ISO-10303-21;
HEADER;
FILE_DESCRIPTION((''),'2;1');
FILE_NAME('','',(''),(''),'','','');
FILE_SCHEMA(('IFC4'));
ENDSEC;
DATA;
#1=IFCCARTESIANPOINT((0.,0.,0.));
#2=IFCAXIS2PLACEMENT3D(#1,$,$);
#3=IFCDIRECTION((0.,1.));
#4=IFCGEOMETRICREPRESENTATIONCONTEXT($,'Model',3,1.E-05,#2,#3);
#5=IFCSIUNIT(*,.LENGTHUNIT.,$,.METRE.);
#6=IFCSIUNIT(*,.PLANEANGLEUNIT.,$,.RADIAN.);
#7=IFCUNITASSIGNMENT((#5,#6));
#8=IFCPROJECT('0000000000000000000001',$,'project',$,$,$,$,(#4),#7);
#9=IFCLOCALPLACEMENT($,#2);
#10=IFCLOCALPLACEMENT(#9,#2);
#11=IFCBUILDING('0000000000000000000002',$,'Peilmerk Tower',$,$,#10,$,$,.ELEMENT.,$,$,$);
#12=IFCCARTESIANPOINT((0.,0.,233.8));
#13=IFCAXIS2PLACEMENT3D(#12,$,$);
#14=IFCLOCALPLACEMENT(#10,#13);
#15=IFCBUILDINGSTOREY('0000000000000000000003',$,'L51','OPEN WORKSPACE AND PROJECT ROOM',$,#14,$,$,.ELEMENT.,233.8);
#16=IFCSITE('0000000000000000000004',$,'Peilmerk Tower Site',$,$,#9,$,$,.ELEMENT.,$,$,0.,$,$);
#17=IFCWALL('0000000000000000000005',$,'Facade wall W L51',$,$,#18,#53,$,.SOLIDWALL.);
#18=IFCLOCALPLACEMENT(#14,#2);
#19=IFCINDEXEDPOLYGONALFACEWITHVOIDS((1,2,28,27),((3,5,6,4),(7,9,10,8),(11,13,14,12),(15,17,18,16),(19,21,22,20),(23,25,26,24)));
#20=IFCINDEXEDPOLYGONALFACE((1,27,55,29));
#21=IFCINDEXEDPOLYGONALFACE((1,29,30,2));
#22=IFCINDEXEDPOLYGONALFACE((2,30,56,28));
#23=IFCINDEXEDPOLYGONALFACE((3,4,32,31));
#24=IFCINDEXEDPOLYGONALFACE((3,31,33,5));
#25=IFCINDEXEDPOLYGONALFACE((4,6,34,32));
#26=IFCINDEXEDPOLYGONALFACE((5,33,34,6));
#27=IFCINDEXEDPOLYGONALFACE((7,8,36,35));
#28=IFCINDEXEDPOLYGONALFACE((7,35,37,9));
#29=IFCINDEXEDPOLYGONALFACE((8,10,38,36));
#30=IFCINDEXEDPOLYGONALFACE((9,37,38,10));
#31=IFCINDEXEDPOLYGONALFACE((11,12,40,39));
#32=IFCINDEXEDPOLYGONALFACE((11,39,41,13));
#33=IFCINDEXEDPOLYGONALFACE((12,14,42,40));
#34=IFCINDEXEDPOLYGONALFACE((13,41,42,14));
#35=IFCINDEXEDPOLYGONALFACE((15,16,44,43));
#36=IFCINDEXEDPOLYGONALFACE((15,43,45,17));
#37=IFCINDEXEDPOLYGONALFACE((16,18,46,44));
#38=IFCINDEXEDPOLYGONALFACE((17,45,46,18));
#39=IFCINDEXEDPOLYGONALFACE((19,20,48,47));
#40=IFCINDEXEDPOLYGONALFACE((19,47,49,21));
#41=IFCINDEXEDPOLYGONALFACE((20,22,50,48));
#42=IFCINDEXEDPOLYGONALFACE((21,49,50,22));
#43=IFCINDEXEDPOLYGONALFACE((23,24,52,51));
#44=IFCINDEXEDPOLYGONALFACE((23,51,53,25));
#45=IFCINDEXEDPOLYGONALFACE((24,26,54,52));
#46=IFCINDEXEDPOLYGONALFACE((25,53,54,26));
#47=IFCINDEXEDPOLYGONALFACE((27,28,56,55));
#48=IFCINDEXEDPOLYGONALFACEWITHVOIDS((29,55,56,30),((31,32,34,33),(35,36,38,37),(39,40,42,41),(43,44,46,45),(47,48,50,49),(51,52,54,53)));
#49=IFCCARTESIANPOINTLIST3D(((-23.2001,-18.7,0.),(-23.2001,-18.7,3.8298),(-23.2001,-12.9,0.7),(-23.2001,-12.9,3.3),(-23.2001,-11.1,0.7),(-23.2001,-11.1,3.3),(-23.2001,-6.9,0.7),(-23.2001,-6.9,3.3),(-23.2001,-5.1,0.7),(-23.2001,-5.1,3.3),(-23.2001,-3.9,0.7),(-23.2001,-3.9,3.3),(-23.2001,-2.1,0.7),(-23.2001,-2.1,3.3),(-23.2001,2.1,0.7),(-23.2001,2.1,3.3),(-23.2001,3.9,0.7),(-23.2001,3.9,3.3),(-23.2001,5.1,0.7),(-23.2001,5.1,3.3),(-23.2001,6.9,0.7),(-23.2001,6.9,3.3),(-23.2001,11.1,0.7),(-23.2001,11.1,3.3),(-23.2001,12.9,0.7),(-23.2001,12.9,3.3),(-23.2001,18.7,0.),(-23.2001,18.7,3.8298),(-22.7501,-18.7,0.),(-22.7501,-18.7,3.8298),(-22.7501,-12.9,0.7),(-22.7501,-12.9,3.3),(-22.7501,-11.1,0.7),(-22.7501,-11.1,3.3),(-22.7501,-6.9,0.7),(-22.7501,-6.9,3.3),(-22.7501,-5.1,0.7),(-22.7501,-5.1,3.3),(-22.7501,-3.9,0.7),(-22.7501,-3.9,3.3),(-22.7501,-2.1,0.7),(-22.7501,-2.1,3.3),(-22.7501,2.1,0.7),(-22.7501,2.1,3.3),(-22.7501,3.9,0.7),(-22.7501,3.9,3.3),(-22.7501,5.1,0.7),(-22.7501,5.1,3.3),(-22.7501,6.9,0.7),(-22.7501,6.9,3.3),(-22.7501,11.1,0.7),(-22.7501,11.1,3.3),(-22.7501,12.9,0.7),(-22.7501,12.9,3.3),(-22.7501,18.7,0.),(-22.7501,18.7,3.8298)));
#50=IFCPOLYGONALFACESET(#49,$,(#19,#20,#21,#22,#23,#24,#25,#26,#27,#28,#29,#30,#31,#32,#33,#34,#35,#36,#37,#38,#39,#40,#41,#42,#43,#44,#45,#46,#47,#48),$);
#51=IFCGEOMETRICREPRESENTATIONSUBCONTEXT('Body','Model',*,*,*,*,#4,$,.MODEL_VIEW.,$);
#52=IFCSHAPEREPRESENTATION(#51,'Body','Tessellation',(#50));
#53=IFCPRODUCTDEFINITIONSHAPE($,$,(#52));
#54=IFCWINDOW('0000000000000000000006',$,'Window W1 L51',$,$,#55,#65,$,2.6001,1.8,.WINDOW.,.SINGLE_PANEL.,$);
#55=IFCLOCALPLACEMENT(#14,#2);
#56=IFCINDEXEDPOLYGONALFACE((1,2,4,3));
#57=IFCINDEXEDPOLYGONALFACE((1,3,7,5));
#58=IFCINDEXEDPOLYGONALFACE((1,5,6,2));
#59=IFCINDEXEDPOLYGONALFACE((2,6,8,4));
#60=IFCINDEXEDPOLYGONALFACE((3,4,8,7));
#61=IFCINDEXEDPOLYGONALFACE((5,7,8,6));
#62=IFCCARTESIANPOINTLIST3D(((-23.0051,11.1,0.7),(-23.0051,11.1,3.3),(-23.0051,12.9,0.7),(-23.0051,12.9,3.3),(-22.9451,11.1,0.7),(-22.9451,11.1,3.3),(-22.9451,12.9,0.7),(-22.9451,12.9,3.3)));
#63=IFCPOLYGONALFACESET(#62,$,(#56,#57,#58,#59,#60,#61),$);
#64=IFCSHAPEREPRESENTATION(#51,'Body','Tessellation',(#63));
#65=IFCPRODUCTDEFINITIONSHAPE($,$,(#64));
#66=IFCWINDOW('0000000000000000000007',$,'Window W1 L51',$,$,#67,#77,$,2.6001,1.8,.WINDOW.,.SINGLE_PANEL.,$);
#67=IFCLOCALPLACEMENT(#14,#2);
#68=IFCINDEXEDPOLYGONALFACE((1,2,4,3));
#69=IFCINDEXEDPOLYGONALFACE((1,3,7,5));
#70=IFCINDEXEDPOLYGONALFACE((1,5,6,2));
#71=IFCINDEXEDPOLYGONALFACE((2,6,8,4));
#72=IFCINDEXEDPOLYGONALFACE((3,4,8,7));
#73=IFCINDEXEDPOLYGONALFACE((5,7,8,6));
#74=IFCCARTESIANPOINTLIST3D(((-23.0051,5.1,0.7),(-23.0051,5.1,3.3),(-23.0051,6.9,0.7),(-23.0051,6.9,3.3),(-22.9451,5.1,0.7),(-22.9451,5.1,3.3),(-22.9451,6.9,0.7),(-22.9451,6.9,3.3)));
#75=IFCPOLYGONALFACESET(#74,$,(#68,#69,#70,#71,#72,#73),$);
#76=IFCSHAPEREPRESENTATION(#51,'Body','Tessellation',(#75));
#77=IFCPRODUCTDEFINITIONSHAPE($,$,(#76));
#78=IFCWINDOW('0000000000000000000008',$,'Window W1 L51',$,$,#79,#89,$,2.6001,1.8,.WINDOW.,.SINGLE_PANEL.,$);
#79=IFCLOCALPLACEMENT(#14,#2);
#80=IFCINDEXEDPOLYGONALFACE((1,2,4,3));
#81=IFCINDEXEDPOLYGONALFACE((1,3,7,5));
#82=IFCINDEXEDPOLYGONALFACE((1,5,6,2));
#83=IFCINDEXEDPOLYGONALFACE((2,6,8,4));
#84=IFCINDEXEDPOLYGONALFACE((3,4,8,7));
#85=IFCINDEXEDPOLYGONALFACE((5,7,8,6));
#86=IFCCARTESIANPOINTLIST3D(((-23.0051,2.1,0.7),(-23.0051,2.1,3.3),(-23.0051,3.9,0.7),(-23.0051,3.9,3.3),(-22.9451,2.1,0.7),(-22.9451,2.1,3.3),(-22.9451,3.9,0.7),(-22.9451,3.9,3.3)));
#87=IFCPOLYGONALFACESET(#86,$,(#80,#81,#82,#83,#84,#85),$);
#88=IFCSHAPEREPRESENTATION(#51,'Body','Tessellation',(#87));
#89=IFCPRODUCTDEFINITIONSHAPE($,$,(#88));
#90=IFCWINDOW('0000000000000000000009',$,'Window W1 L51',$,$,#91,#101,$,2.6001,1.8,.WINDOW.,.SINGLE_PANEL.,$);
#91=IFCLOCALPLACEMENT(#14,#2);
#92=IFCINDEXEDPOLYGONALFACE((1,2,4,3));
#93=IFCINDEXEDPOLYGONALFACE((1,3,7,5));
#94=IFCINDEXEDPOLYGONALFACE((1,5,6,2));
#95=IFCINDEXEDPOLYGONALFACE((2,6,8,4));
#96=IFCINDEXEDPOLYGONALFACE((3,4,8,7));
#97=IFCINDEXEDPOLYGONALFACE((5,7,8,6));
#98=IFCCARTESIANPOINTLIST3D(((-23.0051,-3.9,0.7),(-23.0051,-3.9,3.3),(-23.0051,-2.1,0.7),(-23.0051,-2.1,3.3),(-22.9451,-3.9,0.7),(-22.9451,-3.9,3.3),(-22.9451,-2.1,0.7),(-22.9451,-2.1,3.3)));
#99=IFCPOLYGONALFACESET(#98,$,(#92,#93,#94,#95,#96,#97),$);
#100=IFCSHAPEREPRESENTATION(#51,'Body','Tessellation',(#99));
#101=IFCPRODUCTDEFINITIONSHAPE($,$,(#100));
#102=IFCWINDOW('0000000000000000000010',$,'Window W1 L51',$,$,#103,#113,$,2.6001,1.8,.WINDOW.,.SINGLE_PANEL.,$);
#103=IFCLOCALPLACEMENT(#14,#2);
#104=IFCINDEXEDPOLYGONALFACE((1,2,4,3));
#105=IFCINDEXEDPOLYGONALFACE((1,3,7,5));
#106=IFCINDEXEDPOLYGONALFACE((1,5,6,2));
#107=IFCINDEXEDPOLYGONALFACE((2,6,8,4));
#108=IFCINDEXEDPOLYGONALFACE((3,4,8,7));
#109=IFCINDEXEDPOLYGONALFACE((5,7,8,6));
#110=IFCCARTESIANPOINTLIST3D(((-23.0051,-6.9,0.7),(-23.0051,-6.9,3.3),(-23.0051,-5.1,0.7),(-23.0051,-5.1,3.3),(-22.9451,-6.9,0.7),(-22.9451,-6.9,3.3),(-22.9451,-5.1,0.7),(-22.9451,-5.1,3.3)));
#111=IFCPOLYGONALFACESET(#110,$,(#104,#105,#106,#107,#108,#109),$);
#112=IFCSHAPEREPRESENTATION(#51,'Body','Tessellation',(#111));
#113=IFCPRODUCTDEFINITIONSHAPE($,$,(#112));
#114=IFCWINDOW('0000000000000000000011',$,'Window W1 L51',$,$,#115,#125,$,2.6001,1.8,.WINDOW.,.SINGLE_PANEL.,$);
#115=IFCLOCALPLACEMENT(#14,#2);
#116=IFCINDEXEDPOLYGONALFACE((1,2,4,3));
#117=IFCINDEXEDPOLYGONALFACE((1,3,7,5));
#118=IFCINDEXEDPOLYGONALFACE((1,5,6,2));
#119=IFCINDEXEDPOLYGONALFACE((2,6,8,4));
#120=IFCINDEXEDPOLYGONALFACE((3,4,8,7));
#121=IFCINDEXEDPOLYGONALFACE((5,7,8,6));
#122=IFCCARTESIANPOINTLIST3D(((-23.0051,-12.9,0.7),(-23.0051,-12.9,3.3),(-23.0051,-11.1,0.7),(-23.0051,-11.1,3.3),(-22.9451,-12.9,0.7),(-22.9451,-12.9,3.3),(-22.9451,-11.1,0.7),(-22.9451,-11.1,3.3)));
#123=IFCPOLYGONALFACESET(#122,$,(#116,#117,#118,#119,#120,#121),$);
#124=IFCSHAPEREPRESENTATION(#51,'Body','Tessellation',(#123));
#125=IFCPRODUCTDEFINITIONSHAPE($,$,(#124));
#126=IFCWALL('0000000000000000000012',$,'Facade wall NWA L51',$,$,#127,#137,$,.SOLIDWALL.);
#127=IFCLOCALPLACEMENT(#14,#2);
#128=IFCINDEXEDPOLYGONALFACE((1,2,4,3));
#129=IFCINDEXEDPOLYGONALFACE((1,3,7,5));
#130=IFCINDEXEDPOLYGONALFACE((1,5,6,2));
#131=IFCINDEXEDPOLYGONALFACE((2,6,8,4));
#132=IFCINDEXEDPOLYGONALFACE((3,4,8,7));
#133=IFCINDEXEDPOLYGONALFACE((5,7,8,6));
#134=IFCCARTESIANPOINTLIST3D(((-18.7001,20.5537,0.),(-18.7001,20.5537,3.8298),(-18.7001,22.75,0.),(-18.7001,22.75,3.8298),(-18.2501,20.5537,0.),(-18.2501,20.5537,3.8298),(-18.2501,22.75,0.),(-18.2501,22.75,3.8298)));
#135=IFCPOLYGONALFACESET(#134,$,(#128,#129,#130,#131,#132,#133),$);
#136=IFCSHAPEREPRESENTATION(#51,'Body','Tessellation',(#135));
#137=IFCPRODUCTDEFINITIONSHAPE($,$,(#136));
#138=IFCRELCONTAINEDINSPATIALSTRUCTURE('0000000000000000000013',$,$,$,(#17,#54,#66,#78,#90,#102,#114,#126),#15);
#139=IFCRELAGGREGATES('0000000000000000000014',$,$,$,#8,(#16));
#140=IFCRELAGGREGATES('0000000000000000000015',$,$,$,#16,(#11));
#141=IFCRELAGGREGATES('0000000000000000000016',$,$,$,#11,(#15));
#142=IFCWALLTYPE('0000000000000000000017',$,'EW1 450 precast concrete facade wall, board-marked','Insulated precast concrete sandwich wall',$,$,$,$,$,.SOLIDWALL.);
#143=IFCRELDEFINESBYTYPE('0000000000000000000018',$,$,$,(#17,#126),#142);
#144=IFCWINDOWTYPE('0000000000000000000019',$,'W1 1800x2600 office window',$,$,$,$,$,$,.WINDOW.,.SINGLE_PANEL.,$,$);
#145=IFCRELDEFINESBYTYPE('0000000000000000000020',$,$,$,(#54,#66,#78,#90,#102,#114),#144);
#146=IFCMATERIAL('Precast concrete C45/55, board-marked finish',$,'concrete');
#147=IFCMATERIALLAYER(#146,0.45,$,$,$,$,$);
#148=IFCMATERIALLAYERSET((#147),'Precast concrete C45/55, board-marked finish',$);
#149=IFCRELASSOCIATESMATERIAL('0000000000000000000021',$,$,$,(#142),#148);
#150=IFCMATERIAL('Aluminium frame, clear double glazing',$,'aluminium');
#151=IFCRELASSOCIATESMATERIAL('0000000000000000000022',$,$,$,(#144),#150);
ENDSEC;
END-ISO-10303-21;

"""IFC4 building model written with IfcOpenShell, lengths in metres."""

from ifc_helpers import new_model, si_unit, direction, frame, frame_2d, origin, place, context, subcontext, project, spatial, rectangle, extrude, material, layer, layer_set, type_object, element, fill, save


model = new_model("IFC4")

# Units and contexts
model_context = context("Model", 3, precision=1e-05, world=origin(), true_north=direction((0.0, 1.0)))
body_context = subcontext(model_context, "Body", "Model", "MODEL_VIEW")
ifc_project = project(units=[si_unit("LENGTHUNIT", "METRE"), si_unit("PLANEANGLEUNIT", "RADIAN")], contexts=[model_context])

# Site, building, storey
site_placement = place(None, origin())
site = spatial("IfcSite", under=ifc_project, at=site_placement, Name="Peilmerk Tower Site", CompositionType="ELEMENT", RefElevation=0.0)
building_placement = place(site_placement, origin())
building = spatial("IfcBuilding", under=site, at=building_placement, Name="Peilmerk Tower", CompositionType="ELEMENT")
storey_placement = place(building_placement, frame((0.0, 0.0, 233.8)))
storey = spatial("IfcBuildingStorey", under=building, at=storey_placement, Name="L51", Description="OPEN WORKSPACE AND PROJECT ROOM", CompositionType="ELEMENT", Elevation=233.8)

# Wall, openings, windows
ifc_material_1 = material(Name="Precast concrete C45/55, board-marked finish", Category="concrete")
ifc_layer_1 = layer(ifc_material_1, 0.45)
ifc_layer_set_1 = layer_set([ifc_layer_1], Name="Precast concrete C45/55, board-marked finish")
wall_type = type_object("IfcWallType", Name="EW1 450 precast concrete facade wall, board-marked", Description="Insulated precast concrete sandwich wall", PredefinedType="SOLIDWALL", material=ifc_layer_set_1)
wall_1_placement = place(storey_placement, frame((-22.9751, 18.7, 0.0), z_axis=(0.0, 0.0, 1.0), x_axis=(0.0, -1.0, 0.0)))
wall_1 = element("IfcWall", 1, at=wall_1_placement, inside=storey, type_object=wall_type, Name="Facade wall W L51", PredefinedType="SOLIDWALL", context=body_context, shape_type="SweptSolid", body=[
    extrude(rectangle(XDim=37.3999, YDim=0.45, at=frame_2d((18.7, 0.0))), origin(), (0.0, 0.0, 1.0), 3.8298),
])
opening_1_placement = place(wall_1_placement, frame((5.8, 0.0, 0.7)))
opening_1 = element("IfcOpeningElement", 2, at=opening_1_placement, cuts=wall_1, PredefinedType="OPENING", context=body_context, shape_type="SweptSolid", body=[
    extrude(rectangle(XDim=1.8, YDim=2.6001, at=frame_2d((0.8999, 1.3))), frame((0.0, 0.2349, 0.0), z_axis=(0.0, -1.0, 0.0), x_axis=(1.0, 0.0, 0.0)), (0.0, 0.0, 1.0), 0.47),
])
opening_2_placement = place(wall_1_placement, frame((11.8, 0.0, 0.7)))
opening_2 = element("IfcOpeningElement", 3, at=opening_2_placement, cuts=wall_1, PredefinedType="OPENING", context=body_context, shape_type="SweptSolid", body=[
    extrude(rectangle(XDim=1.8, YDim=2.6001, at=frame_2d((0.8999, 1.3))), frame((0.0, 0.2349, 0.0), z_axis=(0.0, -1.0, 0.0), x_axis=(1.0, 0.0, 0.0)), (0.0, 0.0, 1.0), 0.47),
])
opening_3_placement = place(wall_1_placement, frame((14.8, 0.0, 0.7)))
opening_3 = element("IfcOpeningElement", 4, at=opening_3_placement, cuts=wall_1, PredefinedType="OPENING", context=body_context, shape_type="SweptSolid", body=[
    extrude(rectangle(XDim=1.8, YDim=2.6001, at=frame_2d((0.8999, 1.3))), frame((0.0, 0.2349, 0.0), z_axis=(0.0, -1.0, 0.0), x_axis=(1.0, 0.0, 0.0)), (0.0, 0.0, 1.0), 0.47),
])
opening_4_placement = place(wall_1_placement, frame((20.8, 0.0, 0.7)))
opening_4 = element("IfcOpeningElement", 5, at=opening_4_placement, cuts=wall_1, PredefinedType="OPENING", context=body_context, shape_type="SweptSolid", body=[
    extrude(rectangle(XDim=1.8, YDim=2.6001, at=frame_2d((0.8999, 1.3))), frame((0.0, 0.2349, 0.0), z_axis=(0.0, -1.0, 0.0), x_axis=(1.0, 0.0, 0.0)), (0.0, 0.0, 1.0), 0.47),
])
opening_5_placement = place(wall_1_placement, frame((23.8, 0.0, 0.7)))
opening_5 = element("IfcOpeningElement", 6, at=opening_5_placement, cuts=wall_1, PredefinedType="OPENING", context=body_context, shape_type="SweptSolid", body=[
    extrude(rectangle(XDim=1.8, YDim=2.6001, at=frame_2d((0.8999, 1.3))), frame((0.0, 0.2349, 0.0), z_axis=(0.0, -1.0, 0.0), x_axis=(1.0, 0.0, 0.0)), (0.0, 0.0, 1.0), 0.47),
])
opening_6_placement = place(wall_1_placement, frame((29.8, 0.0, 0.7)))
opening_6 = element("IfcOpeningElement", 7, at=opening_6_placement, cuts=wall_1, PredefinedType="OPENING", context=body_context, shape_type="SweptSolid", body=[
    extrude(rectangle(XDim=1.8, YDim=2.6001, at=frame_2d((0.8999, 1.3))), frame((0.0, 0.2349, 0.0), z_axis=(0.0, -1.0, 0.0), x_axis=(1.0, 0.0, 0.0)), (0.0, 0.0, 1.0), 0.47),
])
ifc_material_2 = material(Name="Aluminium frame, clear double glazing", Category="aluminium")
window_type = type_object("IfcWindowType", Name="W1 1800x2600 office window", PartitioningType="SINGLE_PANEL", PredefinedType="WINDOW", material=ifc_material_2)
window_1_placement = place(opening_1_placement, origin())
window_1 = element("IfcWindow", 8, at=window_1_placement, inside=storey, type_object=window_type, Name="Window W1 L51", OverallHeight=2.6001, OverallWidth=1.8, PartitioningType="SINGLE_PANEL", PredefinedType="WINDOW", context=body_context, shape_type="SweptSolid", body=[
    extrude(rectangle(XDim=1.8, YDim=2.6001, at=frame_2d((0.8999, 1.3))), frame((0.0, 0.03, 0.0), z_axis=(0.0, -1.0, 0.0), x_axis=(1.0, 0.0, 0.0)), (0.0, 0.0, 1.0), 0.0601),
])
fill(opening_1, window_1)
window_2_placement = place(opening_2_placement, origin())
window_2 = element("IfcWindow", 9, at=window_2_placement, inside=storey, type_object=window_type, Name="Window W1 L51", OverallHeight=2.6001, OverallWidth=1.8, PartitioningType="SINGLE_PANEL", PredefinedType="WINDOW", context=body_context, shape_type="SweptSolid", body=[
    extrude(rectangle(XDim=1.8, YDim=2.6001, at=frame_2d((0.8999, 1.3))), frame((0.0, 0.03, 0.0), z_axis=(0.0, -1.0, 0.0), x_axis=(1.0, 0.0, 0.0)), (0.0, 0.0, 1.0), 0.0601),
])
fill(opening_2, window_2)
window_3_placement = place(opening_3_placement, origin())
window_3 = element("IfcWindow", 10, at=window_3_placement, inside=storey, type_object=window_type, Name="Window W1 L51", OverallHeight=2.6001, OverallWidth=1.8, PartitioningType="SINGLE_PANEL", PredefinedType="WINDOW", context=body_context, shape_type="SweptSolid", body=[
    extrude(rectangle(XDim=1.8, YDim=2.6001, at=frame_2d((0.8999, 1.3))), frame((0.0, 0.03, 0.0), z_axis=(0.0, -1.0, 0.0), x_axis=(1.0, 0.0, 0.0)), (0.0, 0.0, 1.0), 0.0601),
])
fill(opening_3, window_3)
window_4_placement = place(opening_4_placement, origin())
window_4 = element("IfcWindow", 11, at=window_4_placement, inside=storey, type_object=window_type, Name="Window W1 L51", OverallHeight=2.6001, OverallWidth=1.8, PartitioningType="SINGLE_PANEL", PredefinedType="WINDOW", context=body_context, shape_type="SweptSolid", body=[
    extrude(rectangle(XDim=1.8, YDim=2.6001, at=frame_2d((0.8999, 1.3))), frame((0.0, 0.03, 0.0), z_axis=(0.0, -1.0, 0.0), x_axis=(1.0, 0.0, 0.0)), (0.0, 0.0, 1.0), 0.0601),
])
fill(opening_4, window_4)
window_5_placement = place(opening_5_placement, origin())
window_5 = element("IfcWindow", 12, at=window_5_placement, inside=storey, type_object=window_type, Name="Window W1 L51", OverallHeight=2.6001, OverallWidth=1.8, PartitioningType="SINGLE_PANEL", PredefinedType="WINDOW", context=body_context, shape_type="SweptSolid", body=[
    extrude(rectangle(XDim=1.8, YDim=2.6001, at=frame_2d((0.8999, 1.3))), frame((0.0, 0.03, 0.0), z_axis=(0.0, -1.0, 0.0), x_axis=(1.0, 0.0, 0.0)), (0.0, 0.0, 1.0), 0.0601),
])
fill(opening_5, window_5)
window_6_placement = place(opening_6_placement, origin())
window_6 = element("IfcWindow", 13, at=window_6_placement, inside=storey, type_object=window_type, Name="Window W1 L51", OverallHeight=2.6001, OverallWidth=1.8, PartitioningType="SINGLE_PANEL", PredefinedType="WINDOW", context=body_context, shape_type="SweptSolid", body=[
    extrude(rectangle(XDim=1.8, YDim=2.6001, at=frame_2d((0.8999, 1.3))), frame((0.0, 0.03, 0.0), z_axis=(0.0, -1.0, 0.0), x_axis=(1.0, 0.0, 0.0)), (0.0, 0.0, 1.0), 0.0601),
])
fill(opening_6, window_6)

# Wall
wall_2_placement = place(storey_placement, frame((-18.4751, 20.5537, 0.0), z_axis=(0.0, 0.0, 1.0), x_axis=(0.0, 1.0, 0.0)))
element("IfcWall", 14, at=wall_2_placement, inside=storey, type_object=wall_type, Name="Facade wall NWA L51", PredefinedType="SOLIDWALL", context=body_context, shape_type="SweptSolid", body=[
    extrude(rectangle(XDim=2.1963, YDim=0.45, at=frame_2d((1.0981, 0.0))), origin(), (0.0, 0.0, 1.0), 3.8298),
])

save(model, "model.ifc")
